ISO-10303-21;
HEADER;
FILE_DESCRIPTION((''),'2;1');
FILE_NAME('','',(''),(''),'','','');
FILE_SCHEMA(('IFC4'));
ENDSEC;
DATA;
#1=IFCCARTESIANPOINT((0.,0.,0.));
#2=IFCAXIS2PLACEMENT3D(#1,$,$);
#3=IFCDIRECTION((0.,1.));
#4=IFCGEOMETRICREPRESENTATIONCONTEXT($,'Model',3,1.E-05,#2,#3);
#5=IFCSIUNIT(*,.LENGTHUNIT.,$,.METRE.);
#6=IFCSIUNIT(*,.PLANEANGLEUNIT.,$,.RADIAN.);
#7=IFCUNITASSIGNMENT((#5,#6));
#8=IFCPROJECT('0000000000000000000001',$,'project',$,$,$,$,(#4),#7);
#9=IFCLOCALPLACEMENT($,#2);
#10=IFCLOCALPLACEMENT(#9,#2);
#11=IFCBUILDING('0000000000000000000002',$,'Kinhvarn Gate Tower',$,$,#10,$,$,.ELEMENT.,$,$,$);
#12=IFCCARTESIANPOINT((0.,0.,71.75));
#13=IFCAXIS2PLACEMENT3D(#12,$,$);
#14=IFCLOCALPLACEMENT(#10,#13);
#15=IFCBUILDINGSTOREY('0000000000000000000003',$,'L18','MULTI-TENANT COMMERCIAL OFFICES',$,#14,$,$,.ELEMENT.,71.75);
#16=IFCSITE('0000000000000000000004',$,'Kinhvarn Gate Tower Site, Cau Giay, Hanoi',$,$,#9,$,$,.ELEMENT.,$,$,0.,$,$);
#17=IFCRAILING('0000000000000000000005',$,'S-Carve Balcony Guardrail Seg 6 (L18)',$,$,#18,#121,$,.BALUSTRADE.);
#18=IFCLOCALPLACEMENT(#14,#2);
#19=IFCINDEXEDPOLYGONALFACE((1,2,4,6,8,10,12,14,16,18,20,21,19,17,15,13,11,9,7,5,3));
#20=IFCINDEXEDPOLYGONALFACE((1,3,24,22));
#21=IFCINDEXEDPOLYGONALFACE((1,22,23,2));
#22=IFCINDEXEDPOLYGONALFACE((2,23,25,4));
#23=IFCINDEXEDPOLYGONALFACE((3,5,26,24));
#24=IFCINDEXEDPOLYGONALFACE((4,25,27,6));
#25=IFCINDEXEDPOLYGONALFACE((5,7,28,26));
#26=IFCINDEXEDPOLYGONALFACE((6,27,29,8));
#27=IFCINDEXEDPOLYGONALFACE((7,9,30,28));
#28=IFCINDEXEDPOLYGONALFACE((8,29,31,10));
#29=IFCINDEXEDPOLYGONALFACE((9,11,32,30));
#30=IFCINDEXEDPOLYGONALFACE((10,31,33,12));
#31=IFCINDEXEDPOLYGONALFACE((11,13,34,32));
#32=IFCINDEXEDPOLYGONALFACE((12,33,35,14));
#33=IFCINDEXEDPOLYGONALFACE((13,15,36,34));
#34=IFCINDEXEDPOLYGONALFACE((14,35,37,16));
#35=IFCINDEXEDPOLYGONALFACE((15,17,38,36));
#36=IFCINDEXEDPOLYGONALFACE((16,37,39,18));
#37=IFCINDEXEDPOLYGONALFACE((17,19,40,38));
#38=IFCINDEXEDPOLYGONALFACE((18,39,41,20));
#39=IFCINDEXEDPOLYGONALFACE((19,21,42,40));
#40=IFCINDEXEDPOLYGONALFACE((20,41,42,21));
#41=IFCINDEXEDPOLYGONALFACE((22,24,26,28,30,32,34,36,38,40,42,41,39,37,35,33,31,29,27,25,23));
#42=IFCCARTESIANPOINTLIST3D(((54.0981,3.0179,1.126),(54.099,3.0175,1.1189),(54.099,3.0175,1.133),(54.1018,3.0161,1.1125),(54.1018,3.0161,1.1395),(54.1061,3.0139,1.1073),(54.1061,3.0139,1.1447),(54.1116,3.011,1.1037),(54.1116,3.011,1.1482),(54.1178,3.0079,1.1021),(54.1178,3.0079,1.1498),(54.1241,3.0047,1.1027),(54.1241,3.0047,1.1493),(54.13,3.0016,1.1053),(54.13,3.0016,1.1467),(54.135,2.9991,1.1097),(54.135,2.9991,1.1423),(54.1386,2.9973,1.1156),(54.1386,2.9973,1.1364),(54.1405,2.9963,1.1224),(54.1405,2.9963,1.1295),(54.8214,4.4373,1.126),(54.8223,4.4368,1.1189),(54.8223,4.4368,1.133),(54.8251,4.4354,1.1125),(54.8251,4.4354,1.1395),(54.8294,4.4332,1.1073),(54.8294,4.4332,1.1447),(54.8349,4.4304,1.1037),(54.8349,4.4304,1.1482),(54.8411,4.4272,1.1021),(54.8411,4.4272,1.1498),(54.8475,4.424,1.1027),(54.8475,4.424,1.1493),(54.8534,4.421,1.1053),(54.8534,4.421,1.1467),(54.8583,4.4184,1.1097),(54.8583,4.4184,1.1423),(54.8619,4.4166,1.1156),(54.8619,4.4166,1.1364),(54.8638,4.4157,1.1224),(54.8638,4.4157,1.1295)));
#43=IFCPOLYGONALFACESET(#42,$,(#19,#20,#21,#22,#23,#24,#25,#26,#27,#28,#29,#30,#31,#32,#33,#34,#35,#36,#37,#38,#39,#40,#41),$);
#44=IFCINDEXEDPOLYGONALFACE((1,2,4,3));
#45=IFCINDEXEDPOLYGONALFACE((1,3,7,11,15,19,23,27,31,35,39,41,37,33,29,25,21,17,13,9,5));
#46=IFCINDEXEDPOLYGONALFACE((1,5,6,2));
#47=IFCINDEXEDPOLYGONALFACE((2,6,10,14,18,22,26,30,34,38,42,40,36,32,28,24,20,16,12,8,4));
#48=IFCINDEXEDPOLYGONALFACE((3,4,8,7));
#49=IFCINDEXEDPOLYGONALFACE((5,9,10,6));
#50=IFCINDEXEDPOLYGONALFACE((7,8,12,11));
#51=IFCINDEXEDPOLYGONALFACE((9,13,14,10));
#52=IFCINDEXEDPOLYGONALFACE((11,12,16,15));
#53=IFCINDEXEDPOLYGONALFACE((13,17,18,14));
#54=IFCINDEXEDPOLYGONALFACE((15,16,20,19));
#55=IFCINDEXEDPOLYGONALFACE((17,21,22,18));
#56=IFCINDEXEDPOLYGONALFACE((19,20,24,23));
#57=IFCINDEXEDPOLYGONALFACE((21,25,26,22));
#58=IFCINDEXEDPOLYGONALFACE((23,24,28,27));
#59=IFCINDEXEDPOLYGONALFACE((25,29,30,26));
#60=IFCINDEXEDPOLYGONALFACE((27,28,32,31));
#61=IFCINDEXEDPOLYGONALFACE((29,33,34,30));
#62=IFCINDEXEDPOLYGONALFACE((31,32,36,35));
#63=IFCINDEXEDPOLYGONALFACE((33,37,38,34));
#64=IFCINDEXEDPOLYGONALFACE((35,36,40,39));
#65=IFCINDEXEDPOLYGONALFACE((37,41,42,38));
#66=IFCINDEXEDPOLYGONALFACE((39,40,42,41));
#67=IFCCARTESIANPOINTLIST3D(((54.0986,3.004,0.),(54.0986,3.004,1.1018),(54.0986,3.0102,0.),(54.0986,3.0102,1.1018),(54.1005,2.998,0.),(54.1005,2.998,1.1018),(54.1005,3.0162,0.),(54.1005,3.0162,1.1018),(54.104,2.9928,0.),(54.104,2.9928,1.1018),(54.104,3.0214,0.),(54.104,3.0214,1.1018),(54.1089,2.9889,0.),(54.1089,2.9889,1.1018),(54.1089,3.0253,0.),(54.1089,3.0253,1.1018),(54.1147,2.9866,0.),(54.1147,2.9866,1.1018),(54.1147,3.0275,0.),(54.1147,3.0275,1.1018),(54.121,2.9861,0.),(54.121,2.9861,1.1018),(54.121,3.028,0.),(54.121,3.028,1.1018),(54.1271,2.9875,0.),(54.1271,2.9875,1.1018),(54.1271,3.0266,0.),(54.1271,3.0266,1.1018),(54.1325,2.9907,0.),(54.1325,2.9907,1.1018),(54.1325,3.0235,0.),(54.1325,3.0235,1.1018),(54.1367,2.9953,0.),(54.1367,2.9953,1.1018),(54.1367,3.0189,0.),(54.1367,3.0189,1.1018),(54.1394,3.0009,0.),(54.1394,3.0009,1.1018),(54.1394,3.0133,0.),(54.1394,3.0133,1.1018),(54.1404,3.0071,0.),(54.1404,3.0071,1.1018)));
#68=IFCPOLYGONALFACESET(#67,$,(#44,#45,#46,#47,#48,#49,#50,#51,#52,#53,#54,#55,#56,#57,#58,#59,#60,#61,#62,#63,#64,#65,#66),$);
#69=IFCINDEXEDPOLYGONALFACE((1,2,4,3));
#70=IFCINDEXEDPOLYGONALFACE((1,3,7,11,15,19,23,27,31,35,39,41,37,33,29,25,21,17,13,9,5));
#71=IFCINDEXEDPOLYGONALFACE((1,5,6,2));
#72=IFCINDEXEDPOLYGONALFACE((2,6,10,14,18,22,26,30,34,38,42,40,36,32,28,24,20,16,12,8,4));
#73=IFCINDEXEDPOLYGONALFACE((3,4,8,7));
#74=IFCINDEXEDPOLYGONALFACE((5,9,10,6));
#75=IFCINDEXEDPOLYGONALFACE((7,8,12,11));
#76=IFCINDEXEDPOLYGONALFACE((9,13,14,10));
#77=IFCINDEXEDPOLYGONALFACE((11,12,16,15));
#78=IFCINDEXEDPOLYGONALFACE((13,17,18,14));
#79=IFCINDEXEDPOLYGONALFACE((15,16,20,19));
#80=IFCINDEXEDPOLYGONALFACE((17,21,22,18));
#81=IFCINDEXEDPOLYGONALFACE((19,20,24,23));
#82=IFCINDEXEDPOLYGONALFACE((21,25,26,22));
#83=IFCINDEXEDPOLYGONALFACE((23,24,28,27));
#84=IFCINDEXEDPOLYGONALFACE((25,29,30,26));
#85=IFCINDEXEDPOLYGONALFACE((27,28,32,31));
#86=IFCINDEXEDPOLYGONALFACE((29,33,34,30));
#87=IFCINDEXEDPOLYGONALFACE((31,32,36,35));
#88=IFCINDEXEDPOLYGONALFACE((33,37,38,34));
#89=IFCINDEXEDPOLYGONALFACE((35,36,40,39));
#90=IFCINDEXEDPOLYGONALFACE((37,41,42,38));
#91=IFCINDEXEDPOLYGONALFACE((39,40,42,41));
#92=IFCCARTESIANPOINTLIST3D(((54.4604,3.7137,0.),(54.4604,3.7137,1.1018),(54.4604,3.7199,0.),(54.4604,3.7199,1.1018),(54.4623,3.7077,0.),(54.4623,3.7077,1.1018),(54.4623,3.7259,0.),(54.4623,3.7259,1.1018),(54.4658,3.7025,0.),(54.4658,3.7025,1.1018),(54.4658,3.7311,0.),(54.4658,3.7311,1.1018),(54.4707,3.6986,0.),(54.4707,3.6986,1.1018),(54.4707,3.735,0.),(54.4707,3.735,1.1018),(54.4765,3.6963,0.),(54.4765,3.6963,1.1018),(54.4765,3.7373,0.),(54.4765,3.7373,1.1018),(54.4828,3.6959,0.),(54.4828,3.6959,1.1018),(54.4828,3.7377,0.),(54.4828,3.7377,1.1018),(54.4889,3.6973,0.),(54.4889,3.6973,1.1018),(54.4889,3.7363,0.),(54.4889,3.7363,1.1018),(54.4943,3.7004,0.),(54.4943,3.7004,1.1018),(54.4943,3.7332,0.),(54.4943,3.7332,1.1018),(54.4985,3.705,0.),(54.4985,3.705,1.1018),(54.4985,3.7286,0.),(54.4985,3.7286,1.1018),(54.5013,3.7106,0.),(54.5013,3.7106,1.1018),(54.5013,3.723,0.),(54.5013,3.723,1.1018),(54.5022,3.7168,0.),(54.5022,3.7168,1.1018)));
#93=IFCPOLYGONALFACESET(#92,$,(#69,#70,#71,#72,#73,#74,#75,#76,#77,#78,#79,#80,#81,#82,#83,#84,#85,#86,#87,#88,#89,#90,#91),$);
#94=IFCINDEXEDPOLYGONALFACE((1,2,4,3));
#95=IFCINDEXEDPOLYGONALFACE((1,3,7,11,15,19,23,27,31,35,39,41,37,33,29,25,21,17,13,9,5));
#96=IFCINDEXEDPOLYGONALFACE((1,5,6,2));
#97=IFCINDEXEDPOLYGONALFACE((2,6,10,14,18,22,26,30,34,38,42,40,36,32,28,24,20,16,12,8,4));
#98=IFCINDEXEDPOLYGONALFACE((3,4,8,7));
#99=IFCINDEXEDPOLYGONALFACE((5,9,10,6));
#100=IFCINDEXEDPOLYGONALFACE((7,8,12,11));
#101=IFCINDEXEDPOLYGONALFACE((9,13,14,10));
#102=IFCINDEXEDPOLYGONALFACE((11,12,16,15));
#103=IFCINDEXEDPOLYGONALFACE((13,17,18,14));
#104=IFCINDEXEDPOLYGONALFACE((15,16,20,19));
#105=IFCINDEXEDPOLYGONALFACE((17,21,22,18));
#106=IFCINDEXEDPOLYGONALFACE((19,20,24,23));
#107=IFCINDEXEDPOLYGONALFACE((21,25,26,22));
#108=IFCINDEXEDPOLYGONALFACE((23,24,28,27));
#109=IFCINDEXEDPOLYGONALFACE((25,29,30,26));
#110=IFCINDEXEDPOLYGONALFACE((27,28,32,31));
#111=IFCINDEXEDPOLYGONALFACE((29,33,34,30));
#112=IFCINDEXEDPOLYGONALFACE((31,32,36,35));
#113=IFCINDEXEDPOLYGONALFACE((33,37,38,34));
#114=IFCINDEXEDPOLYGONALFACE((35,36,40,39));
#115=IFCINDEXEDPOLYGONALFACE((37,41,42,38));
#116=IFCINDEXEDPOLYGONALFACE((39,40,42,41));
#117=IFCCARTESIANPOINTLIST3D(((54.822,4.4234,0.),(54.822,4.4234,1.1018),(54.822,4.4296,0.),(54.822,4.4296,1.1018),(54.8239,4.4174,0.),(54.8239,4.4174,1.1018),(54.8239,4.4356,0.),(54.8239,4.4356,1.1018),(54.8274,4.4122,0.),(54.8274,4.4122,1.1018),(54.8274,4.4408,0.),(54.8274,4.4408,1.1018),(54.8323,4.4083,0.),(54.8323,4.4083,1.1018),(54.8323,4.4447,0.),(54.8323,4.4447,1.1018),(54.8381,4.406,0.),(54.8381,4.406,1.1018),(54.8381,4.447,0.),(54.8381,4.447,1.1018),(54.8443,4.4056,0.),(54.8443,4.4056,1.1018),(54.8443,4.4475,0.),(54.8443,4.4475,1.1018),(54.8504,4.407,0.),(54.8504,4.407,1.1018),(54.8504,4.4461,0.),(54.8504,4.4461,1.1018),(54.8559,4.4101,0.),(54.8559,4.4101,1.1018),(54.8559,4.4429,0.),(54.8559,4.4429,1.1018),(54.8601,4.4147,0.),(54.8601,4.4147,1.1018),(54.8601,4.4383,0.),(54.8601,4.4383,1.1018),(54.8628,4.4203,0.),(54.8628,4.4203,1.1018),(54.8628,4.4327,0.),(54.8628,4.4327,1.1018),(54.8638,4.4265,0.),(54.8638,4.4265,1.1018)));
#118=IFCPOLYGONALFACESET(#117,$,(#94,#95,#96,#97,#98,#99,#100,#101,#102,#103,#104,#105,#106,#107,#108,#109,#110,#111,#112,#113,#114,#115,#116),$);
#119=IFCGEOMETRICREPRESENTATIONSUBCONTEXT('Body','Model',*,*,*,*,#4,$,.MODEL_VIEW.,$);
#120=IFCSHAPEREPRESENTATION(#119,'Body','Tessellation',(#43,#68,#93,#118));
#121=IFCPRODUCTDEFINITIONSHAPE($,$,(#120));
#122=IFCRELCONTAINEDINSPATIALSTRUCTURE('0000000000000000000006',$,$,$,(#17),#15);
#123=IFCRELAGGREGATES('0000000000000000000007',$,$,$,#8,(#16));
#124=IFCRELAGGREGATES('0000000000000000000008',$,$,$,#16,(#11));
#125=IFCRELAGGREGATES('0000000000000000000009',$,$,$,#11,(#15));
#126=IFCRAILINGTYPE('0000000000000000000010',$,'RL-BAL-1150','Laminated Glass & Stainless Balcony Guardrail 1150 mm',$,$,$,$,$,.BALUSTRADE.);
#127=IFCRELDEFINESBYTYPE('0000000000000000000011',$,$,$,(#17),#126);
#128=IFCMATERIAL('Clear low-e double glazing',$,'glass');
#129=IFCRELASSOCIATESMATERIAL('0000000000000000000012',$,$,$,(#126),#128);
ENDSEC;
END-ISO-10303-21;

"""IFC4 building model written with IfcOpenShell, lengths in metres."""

from ifc_helpers import new_model, si_unit, direction, frame, origin, origin_2d, place, context, subcontext, project, spatial, circle, extrude, material, type_object, element, save


model = new_model("IFC4")

# Units and contexts
model_context = context("Model", 3, precision=1e-05, world=origin(), true_north=direction((0.0, 1.0)))
body_context = subcontext(model_context, "Body", "Model", "MODEL_VIEW")
ifc_project = project(units=[si_unit("LENGTHUNIT", "METRE"), si_unit("PLANEANGLEUNIT", "RADIAN")], contexts=[model_context])

# Site, building, storey
site_placement = place(None, origin())
site = spatial("IfcSite", under=ifc_project, at=site_placement, Name="Kinhvarn Gate Tower Site, Cau Giay, Hanoi", CompositionType="ELEMENT", RefElevation=0.0)
building_placement = place(site_placement, origin())
building = spatial("IfcBuilding", under=site, at=building_placement, Name="Kinhvarn Gate Tower", CompositionType="ELEMENT")
storey_placement = place(building_placement, frame((0.0, 0.0, 71.75)))
storey = spatial("IfcBuildingStorey", under=building, at=storey_placement, Name="L18", Description="MULTI-TENANT COMMERCIAL OFFICES", CompositionType="ELEMENT", Elevation=71.75)

# Shared definitions
ifc_material_1 = material(Name="Clear low-e double glazing", Category="glass")

# Railing
railing_type = type_object("IfcRailingType", Name="RL-BAL-1150", Description="Laminated Glass & Stainless Balcony Guardrail 1150 mm", PredefinedType="BALUSTRADE", material=ifc_material_1)
railing_1_placement = place(storey_placement, frame((54.1194, 3.0071, 0.0)))
element("IfcRailing", 1, at=railing_1_placement, inside=storey, type_object=railing_type, Name="S-Carve Balcony Guardrail Seg 6 (L18)", PredefinedType="BALUSTRADE", context=body_context, shape_type="SweptSolid", body=[
    extrude(circle(Radius=0.0239, at=origin_2d()), frame((0.0, 0.0, 1.126), z_axis=(0.454066, 0.890968, 0.0), x_axis=(-0.890968, 0.454066, 0.0)), (0.0, 0.0, 1.0), 1.593),
    extrude(circle(Radius=0.021, at=origin_2d()), origin(), (0.0, 0.0, 1.0), 1.1018),
    extrude(circle(Radius=0.021, at=origin_2d()), frame((0.3618, 0.7097, 0.0)), (0.0, 0.0, 1.0), 1.1018),
    extrude(circle(Radius=0.021, at=origin_2d()), frame((0.7234, 1.4194, 0.0)), (0.0, 0.0, 1.0), 1.1018),
])

save(model, "model.ifc")
